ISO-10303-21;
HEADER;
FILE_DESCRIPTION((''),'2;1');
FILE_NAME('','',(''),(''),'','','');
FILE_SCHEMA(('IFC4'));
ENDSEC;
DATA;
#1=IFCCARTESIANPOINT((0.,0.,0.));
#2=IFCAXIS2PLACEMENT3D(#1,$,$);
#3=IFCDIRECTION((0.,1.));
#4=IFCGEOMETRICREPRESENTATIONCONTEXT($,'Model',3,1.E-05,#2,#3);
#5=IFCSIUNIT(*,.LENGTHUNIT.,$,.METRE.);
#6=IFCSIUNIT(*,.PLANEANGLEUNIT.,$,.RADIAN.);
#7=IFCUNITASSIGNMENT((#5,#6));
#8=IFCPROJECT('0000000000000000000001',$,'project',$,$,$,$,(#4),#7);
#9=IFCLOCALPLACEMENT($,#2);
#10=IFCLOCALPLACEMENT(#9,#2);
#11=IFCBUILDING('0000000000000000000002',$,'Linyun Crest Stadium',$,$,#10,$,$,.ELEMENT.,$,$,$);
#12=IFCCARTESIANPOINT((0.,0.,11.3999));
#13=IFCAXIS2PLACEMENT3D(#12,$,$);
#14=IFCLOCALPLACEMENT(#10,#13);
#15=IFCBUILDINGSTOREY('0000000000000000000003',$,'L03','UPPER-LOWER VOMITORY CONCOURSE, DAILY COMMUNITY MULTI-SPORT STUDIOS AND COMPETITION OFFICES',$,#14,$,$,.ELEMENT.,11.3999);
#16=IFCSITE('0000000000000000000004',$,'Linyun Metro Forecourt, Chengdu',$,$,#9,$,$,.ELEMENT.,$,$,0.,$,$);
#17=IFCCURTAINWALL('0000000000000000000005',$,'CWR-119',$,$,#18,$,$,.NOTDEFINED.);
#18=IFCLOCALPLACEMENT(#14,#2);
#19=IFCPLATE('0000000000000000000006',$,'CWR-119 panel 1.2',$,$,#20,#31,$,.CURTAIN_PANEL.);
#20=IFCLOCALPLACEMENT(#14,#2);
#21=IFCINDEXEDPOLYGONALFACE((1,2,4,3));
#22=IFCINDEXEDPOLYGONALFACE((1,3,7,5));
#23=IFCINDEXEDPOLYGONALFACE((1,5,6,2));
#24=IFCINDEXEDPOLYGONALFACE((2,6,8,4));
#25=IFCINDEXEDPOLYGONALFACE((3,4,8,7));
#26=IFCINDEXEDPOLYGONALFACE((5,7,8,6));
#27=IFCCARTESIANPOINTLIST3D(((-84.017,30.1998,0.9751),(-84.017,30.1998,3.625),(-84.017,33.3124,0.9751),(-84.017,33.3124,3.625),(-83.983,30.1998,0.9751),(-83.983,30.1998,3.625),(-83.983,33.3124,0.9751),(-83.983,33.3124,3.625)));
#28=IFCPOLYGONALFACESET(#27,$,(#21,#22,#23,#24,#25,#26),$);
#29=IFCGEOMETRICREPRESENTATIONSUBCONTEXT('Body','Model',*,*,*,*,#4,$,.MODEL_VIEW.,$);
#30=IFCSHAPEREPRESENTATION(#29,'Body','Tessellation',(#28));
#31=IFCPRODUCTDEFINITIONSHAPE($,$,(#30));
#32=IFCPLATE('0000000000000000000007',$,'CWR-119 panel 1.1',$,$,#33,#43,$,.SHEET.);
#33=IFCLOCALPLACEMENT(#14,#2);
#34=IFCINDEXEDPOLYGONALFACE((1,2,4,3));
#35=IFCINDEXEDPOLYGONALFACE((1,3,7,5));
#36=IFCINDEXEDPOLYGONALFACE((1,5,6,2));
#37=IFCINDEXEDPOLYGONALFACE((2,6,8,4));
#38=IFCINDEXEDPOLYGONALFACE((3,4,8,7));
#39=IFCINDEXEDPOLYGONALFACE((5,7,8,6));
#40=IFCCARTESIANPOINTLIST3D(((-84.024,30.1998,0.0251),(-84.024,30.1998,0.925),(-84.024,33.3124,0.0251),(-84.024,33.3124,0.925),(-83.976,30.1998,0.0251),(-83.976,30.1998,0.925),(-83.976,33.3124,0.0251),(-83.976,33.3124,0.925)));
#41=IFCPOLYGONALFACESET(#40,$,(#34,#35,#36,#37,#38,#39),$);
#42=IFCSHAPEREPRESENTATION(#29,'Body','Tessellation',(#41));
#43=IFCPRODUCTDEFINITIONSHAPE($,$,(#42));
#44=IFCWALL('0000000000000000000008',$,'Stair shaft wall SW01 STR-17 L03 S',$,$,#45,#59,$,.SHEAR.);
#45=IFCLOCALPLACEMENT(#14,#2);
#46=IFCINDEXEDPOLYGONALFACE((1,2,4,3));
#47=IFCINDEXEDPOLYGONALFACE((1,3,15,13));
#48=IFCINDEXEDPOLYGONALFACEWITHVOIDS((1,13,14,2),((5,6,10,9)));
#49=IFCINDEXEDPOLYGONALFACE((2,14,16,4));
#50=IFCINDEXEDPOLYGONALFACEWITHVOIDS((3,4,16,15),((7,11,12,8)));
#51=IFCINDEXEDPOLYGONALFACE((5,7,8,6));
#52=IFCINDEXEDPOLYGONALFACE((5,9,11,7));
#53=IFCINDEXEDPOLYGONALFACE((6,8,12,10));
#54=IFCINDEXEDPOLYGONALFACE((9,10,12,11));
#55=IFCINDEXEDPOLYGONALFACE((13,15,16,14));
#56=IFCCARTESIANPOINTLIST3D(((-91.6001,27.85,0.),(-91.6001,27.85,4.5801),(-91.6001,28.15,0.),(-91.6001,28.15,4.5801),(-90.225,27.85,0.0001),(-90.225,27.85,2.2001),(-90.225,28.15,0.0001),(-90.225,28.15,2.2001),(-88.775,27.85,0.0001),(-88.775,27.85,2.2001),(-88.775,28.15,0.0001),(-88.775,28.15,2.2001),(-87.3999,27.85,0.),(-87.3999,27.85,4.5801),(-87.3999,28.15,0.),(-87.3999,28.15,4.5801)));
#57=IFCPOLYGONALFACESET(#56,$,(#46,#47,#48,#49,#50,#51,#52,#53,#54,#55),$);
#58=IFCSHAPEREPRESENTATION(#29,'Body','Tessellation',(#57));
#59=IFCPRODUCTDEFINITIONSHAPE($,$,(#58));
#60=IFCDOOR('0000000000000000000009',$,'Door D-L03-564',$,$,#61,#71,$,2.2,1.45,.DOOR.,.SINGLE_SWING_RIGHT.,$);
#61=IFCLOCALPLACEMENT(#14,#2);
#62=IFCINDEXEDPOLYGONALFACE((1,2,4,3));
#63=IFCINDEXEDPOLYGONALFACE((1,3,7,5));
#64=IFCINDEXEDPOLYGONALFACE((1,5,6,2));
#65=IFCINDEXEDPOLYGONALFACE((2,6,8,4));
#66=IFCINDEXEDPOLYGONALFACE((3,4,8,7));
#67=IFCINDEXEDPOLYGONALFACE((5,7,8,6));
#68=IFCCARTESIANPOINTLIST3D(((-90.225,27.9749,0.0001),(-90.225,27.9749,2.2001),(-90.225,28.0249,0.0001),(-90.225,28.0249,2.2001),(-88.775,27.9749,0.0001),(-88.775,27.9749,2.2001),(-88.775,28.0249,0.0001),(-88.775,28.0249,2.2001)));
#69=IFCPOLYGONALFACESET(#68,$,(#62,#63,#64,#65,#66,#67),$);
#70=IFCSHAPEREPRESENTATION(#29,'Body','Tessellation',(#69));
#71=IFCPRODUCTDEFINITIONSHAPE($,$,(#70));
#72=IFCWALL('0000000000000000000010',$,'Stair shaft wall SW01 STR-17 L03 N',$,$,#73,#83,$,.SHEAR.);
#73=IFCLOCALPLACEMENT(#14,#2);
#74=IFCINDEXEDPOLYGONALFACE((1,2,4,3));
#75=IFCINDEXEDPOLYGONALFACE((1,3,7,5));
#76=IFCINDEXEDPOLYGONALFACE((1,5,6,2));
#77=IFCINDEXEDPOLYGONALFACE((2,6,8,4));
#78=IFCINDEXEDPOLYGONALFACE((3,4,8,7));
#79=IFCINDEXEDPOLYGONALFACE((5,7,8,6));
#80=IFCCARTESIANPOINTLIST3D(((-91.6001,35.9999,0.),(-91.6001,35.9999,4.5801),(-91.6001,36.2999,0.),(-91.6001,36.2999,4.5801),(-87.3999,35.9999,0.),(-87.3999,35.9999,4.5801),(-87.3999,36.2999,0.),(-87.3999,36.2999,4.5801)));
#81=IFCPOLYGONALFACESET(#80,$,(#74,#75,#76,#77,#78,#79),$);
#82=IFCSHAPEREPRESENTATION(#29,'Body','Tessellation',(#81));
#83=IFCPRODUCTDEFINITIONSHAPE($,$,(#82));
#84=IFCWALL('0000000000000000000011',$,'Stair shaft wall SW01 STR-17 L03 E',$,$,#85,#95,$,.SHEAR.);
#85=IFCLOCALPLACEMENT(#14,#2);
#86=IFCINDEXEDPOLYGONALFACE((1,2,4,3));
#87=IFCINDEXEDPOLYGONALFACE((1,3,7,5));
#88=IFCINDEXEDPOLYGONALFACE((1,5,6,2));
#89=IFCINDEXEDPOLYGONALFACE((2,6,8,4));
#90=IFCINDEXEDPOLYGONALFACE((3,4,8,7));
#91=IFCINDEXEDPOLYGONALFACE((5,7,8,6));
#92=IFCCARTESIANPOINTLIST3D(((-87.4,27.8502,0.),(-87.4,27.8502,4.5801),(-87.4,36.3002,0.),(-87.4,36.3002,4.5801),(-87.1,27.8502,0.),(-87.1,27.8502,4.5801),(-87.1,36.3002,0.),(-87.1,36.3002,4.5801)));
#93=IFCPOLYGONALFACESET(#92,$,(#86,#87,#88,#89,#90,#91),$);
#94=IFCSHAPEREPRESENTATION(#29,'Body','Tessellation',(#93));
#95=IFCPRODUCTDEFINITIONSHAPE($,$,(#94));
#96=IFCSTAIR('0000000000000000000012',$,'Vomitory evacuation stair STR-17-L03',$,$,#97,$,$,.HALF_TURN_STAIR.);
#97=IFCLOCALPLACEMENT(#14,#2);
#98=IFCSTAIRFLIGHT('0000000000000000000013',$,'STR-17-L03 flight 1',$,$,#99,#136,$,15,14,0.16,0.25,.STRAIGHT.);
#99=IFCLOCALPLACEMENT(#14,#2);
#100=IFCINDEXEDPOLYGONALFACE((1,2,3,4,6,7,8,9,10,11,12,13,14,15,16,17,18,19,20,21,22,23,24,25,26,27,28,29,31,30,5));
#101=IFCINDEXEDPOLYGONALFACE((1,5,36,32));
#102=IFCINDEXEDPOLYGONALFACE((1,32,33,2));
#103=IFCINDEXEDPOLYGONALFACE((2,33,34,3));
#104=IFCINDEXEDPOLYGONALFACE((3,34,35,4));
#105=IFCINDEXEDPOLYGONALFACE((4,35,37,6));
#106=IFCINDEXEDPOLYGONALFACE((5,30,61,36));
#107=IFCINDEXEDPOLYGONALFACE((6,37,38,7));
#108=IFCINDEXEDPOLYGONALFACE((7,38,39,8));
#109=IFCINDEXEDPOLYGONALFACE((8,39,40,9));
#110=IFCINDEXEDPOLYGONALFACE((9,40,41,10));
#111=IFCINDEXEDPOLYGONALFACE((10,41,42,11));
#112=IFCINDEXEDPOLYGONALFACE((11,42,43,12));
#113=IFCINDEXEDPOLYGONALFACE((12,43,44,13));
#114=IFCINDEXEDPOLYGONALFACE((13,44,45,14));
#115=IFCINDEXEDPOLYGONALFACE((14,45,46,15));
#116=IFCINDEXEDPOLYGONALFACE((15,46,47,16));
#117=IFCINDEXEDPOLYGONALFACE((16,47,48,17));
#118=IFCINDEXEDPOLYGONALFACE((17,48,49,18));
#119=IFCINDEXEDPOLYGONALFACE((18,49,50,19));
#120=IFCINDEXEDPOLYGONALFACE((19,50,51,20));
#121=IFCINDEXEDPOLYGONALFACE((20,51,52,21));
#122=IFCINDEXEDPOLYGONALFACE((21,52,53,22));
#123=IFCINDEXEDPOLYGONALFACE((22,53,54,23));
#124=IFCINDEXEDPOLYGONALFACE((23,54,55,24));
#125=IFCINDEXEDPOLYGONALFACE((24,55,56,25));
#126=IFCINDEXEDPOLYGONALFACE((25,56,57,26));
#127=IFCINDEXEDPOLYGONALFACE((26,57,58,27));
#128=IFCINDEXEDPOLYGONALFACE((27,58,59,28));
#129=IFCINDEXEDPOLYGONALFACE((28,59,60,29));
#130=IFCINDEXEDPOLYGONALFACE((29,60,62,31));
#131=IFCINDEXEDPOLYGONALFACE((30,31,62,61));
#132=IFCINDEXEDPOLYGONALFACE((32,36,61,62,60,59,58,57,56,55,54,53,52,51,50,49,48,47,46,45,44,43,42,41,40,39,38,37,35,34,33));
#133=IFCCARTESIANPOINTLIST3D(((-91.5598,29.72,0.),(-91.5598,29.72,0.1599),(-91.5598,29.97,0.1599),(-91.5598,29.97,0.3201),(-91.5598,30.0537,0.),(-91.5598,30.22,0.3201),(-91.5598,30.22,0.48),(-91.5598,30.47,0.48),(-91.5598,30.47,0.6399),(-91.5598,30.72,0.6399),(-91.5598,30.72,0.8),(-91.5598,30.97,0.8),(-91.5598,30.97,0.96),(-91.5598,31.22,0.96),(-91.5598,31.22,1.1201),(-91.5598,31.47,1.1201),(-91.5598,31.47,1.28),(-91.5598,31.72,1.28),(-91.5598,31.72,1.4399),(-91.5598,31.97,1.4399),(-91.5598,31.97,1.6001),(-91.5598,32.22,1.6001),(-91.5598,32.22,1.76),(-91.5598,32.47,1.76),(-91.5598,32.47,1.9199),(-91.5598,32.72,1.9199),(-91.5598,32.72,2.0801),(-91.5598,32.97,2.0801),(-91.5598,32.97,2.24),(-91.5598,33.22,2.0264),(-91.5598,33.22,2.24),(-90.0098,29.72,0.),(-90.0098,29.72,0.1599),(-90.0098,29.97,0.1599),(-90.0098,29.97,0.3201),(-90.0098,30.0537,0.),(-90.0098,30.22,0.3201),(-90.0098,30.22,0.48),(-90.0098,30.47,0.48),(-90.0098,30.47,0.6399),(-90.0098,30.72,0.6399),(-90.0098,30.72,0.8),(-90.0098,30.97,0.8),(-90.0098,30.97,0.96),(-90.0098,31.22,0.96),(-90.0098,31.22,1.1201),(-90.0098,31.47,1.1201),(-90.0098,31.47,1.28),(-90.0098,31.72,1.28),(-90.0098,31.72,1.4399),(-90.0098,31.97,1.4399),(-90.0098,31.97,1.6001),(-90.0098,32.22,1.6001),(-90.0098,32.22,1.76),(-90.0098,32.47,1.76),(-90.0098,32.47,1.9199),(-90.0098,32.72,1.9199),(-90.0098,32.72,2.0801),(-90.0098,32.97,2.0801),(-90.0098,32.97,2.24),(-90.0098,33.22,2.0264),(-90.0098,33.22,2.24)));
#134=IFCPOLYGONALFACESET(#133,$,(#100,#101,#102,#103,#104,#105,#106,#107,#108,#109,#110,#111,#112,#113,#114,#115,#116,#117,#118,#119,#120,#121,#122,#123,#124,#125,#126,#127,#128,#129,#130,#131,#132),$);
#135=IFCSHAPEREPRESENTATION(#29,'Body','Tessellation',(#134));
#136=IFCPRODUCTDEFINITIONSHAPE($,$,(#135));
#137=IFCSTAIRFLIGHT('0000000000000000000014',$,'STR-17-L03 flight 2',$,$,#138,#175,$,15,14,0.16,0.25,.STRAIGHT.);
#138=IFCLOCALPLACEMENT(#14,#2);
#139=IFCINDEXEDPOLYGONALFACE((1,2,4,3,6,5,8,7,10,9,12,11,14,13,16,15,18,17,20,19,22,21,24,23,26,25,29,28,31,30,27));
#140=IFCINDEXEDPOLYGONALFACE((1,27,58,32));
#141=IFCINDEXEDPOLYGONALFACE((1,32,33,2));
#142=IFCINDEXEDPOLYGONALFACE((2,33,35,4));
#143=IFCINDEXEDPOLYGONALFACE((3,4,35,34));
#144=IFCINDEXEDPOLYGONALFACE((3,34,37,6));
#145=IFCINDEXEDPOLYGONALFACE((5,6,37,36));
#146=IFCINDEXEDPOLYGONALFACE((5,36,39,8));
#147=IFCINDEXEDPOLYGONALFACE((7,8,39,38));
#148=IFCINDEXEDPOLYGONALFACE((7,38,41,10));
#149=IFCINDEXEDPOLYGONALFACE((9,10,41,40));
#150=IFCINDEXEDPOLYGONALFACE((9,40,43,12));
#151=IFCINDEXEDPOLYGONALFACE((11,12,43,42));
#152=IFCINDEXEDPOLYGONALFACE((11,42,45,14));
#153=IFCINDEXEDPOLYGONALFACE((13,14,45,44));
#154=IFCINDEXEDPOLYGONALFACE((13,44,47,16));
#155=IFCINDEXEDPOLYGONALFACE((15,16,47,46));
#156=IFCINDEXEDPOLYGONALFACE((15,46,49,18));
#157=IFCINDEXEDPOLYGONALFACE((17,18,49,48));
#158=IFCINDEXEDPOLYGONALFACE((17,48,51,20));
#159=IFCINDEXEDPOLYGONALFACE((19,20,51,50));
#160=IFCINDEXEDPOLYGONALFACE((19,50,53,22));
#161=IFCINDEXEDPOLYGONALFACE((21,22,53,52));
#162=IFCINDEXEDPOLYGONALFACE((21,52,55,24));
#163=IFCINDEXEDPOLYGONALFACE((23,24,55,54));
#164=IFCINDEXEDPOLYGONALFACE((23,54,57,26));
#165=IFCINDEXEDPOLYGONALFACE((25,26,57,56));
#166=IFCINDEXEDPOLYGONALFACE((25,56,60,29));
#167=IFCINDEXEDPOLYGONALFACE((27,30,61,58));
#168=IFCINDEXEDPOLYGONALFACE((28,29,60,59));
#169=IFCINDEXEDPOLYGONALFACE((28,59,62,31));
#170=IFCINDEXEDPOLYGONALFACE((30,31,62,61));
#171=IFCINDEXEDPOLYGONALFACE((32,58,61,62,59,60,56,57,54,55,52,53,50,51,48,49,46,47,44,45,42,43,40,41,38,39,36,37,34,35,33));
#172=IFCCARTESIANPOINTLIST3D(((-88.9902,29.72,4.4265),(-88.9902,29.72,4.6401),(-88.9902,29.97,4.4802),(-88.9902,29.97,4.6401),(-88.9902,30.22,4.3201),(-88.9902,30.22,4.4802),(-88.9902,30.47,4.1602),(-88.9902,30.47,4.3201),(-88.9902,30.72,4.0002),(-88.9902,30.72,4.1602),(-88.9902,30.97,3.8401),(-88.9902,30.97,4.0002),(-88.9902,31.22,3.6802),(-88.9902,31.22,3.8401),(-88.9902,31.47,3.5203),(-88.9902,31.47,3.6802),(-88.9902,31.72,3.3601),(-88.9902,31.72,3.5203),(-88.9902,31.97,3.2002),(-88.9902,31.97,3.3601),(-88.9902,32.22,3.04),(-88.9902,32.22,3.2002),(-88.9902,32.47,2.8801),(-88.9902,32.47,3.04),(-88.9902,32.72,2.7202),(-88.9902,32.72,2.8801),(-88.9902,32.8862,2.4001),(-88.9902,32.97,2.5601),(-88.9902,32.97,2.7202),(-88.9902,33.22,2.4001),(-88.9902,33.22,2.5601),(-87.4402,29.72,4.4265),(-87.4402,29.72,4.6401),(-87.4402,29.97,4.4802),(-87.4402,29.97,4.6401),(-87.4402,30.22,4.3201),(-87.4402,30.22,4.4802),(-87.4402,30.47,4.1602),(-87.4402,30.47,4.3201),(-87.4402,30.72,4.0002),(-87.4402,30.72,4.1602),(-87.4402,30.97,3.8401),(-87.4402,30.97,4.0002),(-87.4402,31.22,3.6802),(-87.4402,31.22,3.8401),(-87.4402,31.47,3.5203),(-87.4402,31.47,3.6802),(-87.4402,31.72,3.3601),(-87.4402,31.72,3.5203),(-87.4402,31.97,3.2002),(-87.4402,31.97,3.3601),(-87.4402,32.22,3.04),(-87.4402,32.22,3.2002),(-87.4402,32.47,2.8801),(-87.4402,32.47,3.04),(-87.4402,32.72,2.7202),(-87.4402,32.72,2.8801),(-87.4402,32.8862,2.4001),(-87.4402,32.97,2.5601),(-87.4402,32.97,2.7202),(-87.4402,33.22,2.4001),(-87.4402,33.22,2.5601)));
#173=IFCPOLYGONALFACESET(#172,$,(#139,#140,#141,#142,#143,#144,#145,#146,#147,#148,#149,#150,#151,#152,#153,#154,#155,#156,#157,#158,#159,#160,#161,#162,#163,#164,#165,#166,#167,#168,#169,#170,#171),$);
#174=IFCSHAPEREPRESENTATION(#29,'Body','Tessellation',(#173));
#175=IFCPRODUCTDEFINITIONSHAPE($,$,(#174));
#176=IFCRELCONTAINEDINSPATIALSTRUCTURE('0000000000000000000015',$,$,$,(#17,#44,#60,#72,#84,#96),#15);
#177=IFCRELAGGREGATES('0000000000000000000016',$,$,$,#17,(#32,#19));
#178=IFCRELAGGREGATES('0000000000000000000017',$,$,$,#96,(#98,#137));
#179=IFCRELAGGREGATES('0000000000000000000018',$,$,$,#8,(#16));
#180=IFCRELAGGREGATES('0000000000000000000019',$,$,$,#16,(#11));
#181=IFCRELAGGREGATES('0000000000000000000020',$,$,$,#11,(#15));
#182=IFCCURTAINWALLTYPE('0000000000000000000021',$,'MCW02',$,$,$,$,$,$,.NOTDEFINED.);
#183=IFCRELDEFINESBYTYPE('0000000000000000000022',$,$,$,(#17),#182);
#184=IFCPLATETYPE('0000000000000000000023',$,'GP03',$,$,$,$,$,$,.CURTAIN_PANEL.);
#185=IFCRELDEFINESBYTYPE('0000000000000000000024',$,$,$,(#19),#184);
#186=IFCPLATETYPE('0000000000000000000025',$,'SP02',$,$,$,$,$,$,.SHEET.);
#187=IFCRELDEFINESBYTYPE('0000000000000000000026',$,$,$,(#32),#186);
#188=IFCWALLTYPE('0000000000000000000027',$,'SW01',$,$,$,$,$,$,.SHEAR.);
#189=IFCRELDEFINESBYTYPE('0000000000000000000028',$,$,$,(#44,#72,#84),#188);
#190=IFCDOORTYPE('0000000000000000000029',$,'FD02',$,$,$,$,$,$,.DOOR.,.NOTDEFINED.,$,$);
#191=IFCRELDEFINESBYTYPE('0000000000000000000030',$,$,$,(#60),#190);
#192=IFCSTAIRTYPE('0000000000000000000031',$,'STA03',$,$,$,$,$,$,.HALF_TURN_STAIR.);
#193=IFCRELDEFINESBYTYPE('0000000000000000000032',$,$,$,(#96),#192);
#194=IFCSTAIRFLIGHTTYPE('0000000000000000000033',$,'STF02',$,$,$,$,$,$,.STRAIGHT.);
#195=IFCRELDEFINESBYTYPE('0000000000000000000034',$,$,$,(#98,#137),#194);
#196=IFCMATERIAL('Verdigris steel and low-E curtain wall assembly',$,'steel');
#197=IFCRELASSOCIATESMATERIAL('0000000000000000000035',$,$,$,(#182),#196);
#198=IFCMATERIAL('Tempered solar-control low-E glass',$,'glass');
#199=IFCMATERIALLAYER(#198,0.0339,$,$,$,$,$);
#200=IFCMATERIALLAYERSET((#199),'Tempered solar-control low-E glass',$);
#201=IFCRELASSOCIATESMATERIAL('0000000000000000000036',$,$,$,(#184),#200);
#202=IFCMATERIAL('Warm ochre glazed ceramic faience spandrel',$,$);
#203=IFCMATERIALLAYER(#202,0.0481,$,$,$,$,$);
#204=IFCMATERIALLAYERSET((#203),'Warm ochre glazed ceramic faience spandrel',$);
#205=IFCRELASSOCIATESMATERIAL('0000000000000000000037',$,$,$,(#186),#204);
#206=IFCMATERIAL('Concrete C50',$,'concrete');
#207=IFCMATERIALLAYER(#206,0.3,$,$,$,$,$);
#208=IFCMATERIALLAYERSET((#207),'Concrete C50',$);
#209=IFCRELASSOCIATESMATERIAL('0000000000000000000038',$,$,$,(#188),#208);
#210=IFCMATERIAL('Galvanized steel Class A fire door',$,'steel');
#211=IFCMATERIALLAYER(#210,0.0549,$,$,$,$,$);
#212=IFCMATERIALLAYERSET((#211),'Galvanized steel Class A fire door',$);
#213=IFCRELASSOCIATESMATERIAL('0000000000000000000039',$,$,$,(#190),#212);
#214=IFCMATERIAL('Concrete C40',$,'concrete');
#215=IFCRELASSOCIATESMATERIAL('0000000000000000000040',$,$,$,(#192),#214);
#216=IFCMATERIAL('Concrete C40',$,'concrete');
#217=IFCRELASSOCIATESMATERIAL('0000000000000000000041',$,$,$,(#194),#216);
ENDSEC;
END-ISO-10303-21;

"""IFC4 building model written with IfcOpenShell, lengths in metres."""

from ifc_helpers import new_model, si_unit, direction, frame, frame_2d, origin, origin_2d, place, context, subcontext, project, spatial, polyline, rectangle, outline, extrude, material, layer, layer_set, type_object, element, fill, aggregate, save


model = new_model("IFC4")

# Units and contexts
model_context = context("Model", 3, precision=1e-05, world=origin(), true_north=direction((0.0, 1.0)))
body_context = subcontext(model_context, "Body", "Model", "MODEL_VIEW")
ifc_project = project(units=[si_unit("LENGTHUNIT", "METRE"), si_unit("PLANEANGLEUNIT", "RADIAN")], contexts=[model_context])

# Site, building, storey
site_placement = place(None, origin())
site = spatial("IfcSite", under=ifc_project, at=site_placement, Name="Linyun Metro Forecourt, Chengdu", CompositionType="ELEMENT", RefElevation=0.0)
building_placement = place(site_placement, origin())
building = spatial("IfcBuilding", under=site, at=building_placement, Name="Linyun Crest Stadium", CompositionType="ELEMENT")
storey_placement = place(building_placement, frame((0.0, 0.0, 11.3999)))
storey = spatial("IfcBuildingStorey", under=building, at=storey_placement, Name="L03", Description="UPPER-LOWER VOMITORY CONCOURSE, DAILY COMMUNITY MULTI-SPORT STUDIOS AND COMPETITION OFFICES", CompositionType="ELEMENT", Elevation=11.3999)

# Shared definitions
ifc_material_1 = material(Name="Verdigris steel and low-E curtain wall assembly", Category="steel")
curtain_wall_type = type_object("IfcCurtainWallType", Name="MCW02", PredefinedType="NOTDEFINED", material=ifc_material_1)

# Curtain wall
curtain_wall_1_placement = place(storey_placement, origin())
curtain_wall_1 = element("IfcCurtainWall", 1, at=curtain_wall_1_placement, inside=storey, type_object=curtain_wall_type, Name="CWR-119", PredefinedType="NOTDEFINED")

# Plates
ifc_material_2 = material(Name="Tempered solar-control low-E glass", Category="glass")
ifc_layer_1 = layer(ifc_material_2, 0.0339)
ifc_layer_set_1 = layer_set([ifc_layer_1], Name="Tempered solar-control low-E glass")
plate_type_1 = type_object("IfcPlateType", Name="GP03", PredefinedType="CURTAIN_PANEL", material=ifc_layer_set_1)
plate_1_placement = place(storey_placement, frame((-84.0, 31.7561, 0.9751), z_axis=(0.0, 0.0, 1.0), x_axis=(0.0, 1.0, 0.0)))
plate_1 = element("IfcPlate", 2, at=plate_1_placement, type_object=plate_type_1, Name="CWR-119 panel 1.2", PredefinedType="CURTAIN_PANEL", context=body_context, shape_type="SweptSolid", body=[
    extrude(rectangle(XDim=3.1125, YDim=0.0339, at=origin_2d()), origin(), (0.0, 0.0, 1.0), 2.6499),
])
ifc_material_3 = material(Name="Warm ochre glazed ceramic faience spandrel")
ifc_layer_2 = layer(ifc_material_3, 0.0481)
ifc_layer_set_2 = layer_set([ifc_layer_2], Name="Warm ochre glazed ceramic faience spandrel")
plate_type_2 = type_object("IfcPlateType", Name="SP02", PredefinedType="SHEET", material=ifc_layer_set_2)
plate_2_placement = place(storey_placement, frame((-84.0, 31.7561, 0.0251), z_axis=(0.0, 0.0, 1.0), x_axis=(0.0, 1.0, 0.0)))
plate_2 = element("IfcPlate", 3, at=plate_2_placement, type_object=plate_type_2, Name="CWR-119 panel 1.1", PredefinedType="SHEET", context=body_context, shape_type="SweptSolid", body=[
    extrude(rectangle(XDim=3.1125, YDim=0.0481, at=origin_2d()), origin(), (0.0, 0.0, 1.0), 0.8999),
])
aggregate(curtain_wall_1, [plate_2, plate_1])

# Wall, opening, door
ifc_material_4 = material(Name="Concrete C50", Category="concrete")
ifc_layer_3 = layer(ifc_material_4, 0.3)
ifc_layer_set_3 = layer_set([ifc_layer_3], Name="Concrete C50")
wall_type = type_object("IfcWallType", Name="SW01", PredefinedType="SHEAR", material=ifc_layer_set_3)
wall_1_placement = place(storey_placement, frame((-91.6001, 28.0, 0.0), z_axis=(0.0, 0.0, 1.0), x_axis=(1.0, 0.0, 0.0)))
wall_1 = element("IfcWall", 4, at=wall_1_placement, inside=storey, type_object=wall_type, Name="Stair shaft wall SW01 STR-17 L03 S", PredefinedType="SHEAR", context=body_context, shape_type="SweptSolid", body=[
    extrude(rectangle(XDim=4.2002, YDim=0.3, at=frame_2d((2.1001, 0.0))), origin(), (0.0, 0.0, 1.0), 4.5801),
])
opening_placement = place(wall_1_placement, frame((1.375, 0.0, 0.0)))
opening = element("IfcOpeningElement", 5, at=opening_placement, cuts=wall_1, PredefinedType="OPENING", context=body_context, shape_type="SweptSolid", body=[
    extrude(rectangle(XDim=1.45, YDim=2.2, at=frame_2d((0.7251, 1.1001))), frame((0.0, 0.1599, 0.0), z_axis=(0.0, -1.0, 0.0), x_axis=(1.0, 0.0, 0.0)), (0.0, 0.0, 1.0), 0.3201),
])
ifc_material_5 = material(Name="Galvanized steel Class A fire door", Category="steel")
ifc_layer_4 = layer(ifc_material_5, 0.0549)
ifc_layer_set_4 = layer_set([ifc_layer_4], Name="Galvanized steel Class A fire door")
door_type = type_object("IfcDoorType", Name="FD02", OperationType="NOTDEFINED", PredefinedType="DOOR", material=ifc_layer_set_4)
door_placement = place(opening_placement, origin())
door = element("IfcDoor", 6, at=door_placement, inside=storey, type_object=door_type, Name="Door D-L03-564", OperationType="SINGLE_SWING_RIGHT", OverallHeight=2.2, OverallWidth=1.45, PredefinedType="DOOR", context=body_context, shape_type="SweptSolid", body=[
    extrude(rectangle(XDim=1.45, YDim=2.2, at=frame_2d((0.7251, 1.1001))), frame((0.0, 0.0249, 0.0), z_axis=(0.0, -1.0, 0.0), x_axis=(1.0, 0.0, 0.0)), (0.0, 0.0, 1.0), 0.05),
])
fill(opening, door)

# Walls
wall_2_placement = place(storey_placement, frame((-91.6001, 36.1499, 0.0), z_axis=(0.0, 0.0, 1.0), x_axis=(1.0, 0.0, 0.0)))
element("IfcWall", 7, at=wall_2_placement, inside=storey, type_object=wall_type, Name="Stair shaft wall SW01 STR-17 L03 N", PredefinedType="SHEAR", context=body_context, shape_type="SweptSolid", body=[
    extrude(rectangle(XDim=4.2002, YDim=0.3, at=frame_2d((2.1001, 0.0))), origin(), (0.0, 0.0, 1.0), 4.5801),
])
wall_3_placement = place(storey_placement, frame((-87.25, 27.8501, 0.0), z_axis=(0.0, 0.0, 1.0), x_axis=(0.0, 1.0, 0.0)))
element("IfcWall", 8, at=wall_3_placement, inside=storey, type_object=wall_type, Name="Stair shaft wall SW01 STR-17 L03 E", PredefinedType="SHEAR", context=body_context, shape_type="SweptSolid", body=[
    extrude(rectangle(XDim=8.45, YDim=0.3, at=frame_2d((4.2251, 0.0))), origin(), (0.0, 0.0, 1.0), 4.5801),
])

# Stair, stair flights
ifc_material_6 = material(Name="Concrete C40", Category="concrete")
stair_type = type_object("IfcStairType", Name="STA03", PredefinedType="HALF_TURN_STAIR", material=ifc_material_6)
stair_placement = place(storey_placement, origin())
stair = element("IfcStair", 9, at=stair_placement, inside=storey, type_object=stair_type, Name="Vomitory evacuation stair STR-17-L03", PredefinedType="HALF_TURN_STAIR")
ifc_material_7 = material(Name="Concrete C40", Category="concrete")
stair_flight_type = type_object("IfcStairFlightType", Name="STF02", PredefinedType="STRAIGHT", material=ifc_material_7)
stair_flight_1_placement = place(storey_placement, frame((-90.7849, 29.72, 0.0), z_axis=(0.0, 0.0, 1.0), x_axis=(0.0, 1.0, 0.0)))
stair_flight_1 = element("IfcStairFlight", 10, at=stair_flight_1_placement, type_object=stair_flight_type, Name="STR-17-L03 flight 1", NumberOfRisers=15, NumberOfTreads=14, PredefinedType="STRAIGHT", RiserHeight=0.16, TreadLength=0.25, context=body_context, shape_type="SweptSolid", body=[
    extrude(outline(polyline([(0.0, 0.0), (0.0, 0.1599), (0.25, 0.1599), (0.25, 0.3201), (0.5, 0.3201), (0.5, 0.48), (0.75, 0.48), (0.75, 0.6399), (1.0, 0.6399), (1.0, 0.8), (1.25, 0.8), (1.25, 0.96), (1.5, 0.96), (1.5, 1.1201), (1.75, 1.1201), (1.75, 1.28), (2.0, 1.28), (2.0, 1.4399), (2.25, 1.4399), (2.25, 1.6001), (2.5, 1.6001), (2.5, 1.76), (2.75, 1.76), (2.75, 1.9199), (3.0, 1.9199), (3.0, 2.0801), (3.25, 2.0801), (3.25, 2.24), (3.5, 2.24), (3.5, 2.3999), (3.5, 2.0264), (0.3337, 0.0), (0.0, 0.0)])), frame((0.0, 0.7749, 0.0), z_axis=(0.0, -1.0, 0.0), x_axis=(1.0, 0.0, 0.0)), (0.0, 0.0, 1.0), 1.55),
])
stair_flight_2_placement = place(storey_placement, frame((-88.2151, 33.22, 2.4001), z_axis=(0.0, 0.0, 1.0), x_axis=(0.0, -1.0, 0.0)))
stair_flight_2 = element("IfcStairFlight", 11, at=stair_flight_2_placement, type_object=stair_flight_type, Name="STR-17-L03 flight 2", NumberOfRisers=15, NumberOfTreads=14, PredefinedType="STRAIGHT", RiserHeight=0.16, TreadLength=0.25, context=body_context, shape_type="SweptSolid", body=[
    extrude(outline(polyline([(0.0, 0.0), (0.0, 0.1599), (0.25, 0.1599), (0.25, 0.3201), (0.5, 0.3201), (0.5, 0.48), (0.75, 0.48), (0.75, 0.6399), (1.0, 0.6399), (1.0, 0.8), (1.25, 0.8), (1.25, 0.96), (1.5, 0.96), (1.5, 1.1201), (1.75, 1.1201), (1.75, 1.28), (2.0, 1.28), (2.0, 1.4399), (2.25, 1.4399), (2.25, 1.6001), (2.5, 1.6001), (2.5, 1.76), (2.75, 1.76), (2.75, 1.9199), (3.0, 1.9199), (3.0, 2.0801), (3.25, 2.0801), (3.25, 2.24), (3.5, 2.24), (3.5, 2.3999), (3.5, 2.0264), (0.3337, 0.0), (0.0, 0.0)])), frame((0.0, 0.7749, 0.0), z_axis=(0.0, -1.0, 0.0), x_axis=(1.0, 0.0, 0.0)), (0.0, 0.0, 1.0), 1.55),
])
aggregate(stair, [stair_flight_1, stair_flight_2])

save(model, "model.ifc")
